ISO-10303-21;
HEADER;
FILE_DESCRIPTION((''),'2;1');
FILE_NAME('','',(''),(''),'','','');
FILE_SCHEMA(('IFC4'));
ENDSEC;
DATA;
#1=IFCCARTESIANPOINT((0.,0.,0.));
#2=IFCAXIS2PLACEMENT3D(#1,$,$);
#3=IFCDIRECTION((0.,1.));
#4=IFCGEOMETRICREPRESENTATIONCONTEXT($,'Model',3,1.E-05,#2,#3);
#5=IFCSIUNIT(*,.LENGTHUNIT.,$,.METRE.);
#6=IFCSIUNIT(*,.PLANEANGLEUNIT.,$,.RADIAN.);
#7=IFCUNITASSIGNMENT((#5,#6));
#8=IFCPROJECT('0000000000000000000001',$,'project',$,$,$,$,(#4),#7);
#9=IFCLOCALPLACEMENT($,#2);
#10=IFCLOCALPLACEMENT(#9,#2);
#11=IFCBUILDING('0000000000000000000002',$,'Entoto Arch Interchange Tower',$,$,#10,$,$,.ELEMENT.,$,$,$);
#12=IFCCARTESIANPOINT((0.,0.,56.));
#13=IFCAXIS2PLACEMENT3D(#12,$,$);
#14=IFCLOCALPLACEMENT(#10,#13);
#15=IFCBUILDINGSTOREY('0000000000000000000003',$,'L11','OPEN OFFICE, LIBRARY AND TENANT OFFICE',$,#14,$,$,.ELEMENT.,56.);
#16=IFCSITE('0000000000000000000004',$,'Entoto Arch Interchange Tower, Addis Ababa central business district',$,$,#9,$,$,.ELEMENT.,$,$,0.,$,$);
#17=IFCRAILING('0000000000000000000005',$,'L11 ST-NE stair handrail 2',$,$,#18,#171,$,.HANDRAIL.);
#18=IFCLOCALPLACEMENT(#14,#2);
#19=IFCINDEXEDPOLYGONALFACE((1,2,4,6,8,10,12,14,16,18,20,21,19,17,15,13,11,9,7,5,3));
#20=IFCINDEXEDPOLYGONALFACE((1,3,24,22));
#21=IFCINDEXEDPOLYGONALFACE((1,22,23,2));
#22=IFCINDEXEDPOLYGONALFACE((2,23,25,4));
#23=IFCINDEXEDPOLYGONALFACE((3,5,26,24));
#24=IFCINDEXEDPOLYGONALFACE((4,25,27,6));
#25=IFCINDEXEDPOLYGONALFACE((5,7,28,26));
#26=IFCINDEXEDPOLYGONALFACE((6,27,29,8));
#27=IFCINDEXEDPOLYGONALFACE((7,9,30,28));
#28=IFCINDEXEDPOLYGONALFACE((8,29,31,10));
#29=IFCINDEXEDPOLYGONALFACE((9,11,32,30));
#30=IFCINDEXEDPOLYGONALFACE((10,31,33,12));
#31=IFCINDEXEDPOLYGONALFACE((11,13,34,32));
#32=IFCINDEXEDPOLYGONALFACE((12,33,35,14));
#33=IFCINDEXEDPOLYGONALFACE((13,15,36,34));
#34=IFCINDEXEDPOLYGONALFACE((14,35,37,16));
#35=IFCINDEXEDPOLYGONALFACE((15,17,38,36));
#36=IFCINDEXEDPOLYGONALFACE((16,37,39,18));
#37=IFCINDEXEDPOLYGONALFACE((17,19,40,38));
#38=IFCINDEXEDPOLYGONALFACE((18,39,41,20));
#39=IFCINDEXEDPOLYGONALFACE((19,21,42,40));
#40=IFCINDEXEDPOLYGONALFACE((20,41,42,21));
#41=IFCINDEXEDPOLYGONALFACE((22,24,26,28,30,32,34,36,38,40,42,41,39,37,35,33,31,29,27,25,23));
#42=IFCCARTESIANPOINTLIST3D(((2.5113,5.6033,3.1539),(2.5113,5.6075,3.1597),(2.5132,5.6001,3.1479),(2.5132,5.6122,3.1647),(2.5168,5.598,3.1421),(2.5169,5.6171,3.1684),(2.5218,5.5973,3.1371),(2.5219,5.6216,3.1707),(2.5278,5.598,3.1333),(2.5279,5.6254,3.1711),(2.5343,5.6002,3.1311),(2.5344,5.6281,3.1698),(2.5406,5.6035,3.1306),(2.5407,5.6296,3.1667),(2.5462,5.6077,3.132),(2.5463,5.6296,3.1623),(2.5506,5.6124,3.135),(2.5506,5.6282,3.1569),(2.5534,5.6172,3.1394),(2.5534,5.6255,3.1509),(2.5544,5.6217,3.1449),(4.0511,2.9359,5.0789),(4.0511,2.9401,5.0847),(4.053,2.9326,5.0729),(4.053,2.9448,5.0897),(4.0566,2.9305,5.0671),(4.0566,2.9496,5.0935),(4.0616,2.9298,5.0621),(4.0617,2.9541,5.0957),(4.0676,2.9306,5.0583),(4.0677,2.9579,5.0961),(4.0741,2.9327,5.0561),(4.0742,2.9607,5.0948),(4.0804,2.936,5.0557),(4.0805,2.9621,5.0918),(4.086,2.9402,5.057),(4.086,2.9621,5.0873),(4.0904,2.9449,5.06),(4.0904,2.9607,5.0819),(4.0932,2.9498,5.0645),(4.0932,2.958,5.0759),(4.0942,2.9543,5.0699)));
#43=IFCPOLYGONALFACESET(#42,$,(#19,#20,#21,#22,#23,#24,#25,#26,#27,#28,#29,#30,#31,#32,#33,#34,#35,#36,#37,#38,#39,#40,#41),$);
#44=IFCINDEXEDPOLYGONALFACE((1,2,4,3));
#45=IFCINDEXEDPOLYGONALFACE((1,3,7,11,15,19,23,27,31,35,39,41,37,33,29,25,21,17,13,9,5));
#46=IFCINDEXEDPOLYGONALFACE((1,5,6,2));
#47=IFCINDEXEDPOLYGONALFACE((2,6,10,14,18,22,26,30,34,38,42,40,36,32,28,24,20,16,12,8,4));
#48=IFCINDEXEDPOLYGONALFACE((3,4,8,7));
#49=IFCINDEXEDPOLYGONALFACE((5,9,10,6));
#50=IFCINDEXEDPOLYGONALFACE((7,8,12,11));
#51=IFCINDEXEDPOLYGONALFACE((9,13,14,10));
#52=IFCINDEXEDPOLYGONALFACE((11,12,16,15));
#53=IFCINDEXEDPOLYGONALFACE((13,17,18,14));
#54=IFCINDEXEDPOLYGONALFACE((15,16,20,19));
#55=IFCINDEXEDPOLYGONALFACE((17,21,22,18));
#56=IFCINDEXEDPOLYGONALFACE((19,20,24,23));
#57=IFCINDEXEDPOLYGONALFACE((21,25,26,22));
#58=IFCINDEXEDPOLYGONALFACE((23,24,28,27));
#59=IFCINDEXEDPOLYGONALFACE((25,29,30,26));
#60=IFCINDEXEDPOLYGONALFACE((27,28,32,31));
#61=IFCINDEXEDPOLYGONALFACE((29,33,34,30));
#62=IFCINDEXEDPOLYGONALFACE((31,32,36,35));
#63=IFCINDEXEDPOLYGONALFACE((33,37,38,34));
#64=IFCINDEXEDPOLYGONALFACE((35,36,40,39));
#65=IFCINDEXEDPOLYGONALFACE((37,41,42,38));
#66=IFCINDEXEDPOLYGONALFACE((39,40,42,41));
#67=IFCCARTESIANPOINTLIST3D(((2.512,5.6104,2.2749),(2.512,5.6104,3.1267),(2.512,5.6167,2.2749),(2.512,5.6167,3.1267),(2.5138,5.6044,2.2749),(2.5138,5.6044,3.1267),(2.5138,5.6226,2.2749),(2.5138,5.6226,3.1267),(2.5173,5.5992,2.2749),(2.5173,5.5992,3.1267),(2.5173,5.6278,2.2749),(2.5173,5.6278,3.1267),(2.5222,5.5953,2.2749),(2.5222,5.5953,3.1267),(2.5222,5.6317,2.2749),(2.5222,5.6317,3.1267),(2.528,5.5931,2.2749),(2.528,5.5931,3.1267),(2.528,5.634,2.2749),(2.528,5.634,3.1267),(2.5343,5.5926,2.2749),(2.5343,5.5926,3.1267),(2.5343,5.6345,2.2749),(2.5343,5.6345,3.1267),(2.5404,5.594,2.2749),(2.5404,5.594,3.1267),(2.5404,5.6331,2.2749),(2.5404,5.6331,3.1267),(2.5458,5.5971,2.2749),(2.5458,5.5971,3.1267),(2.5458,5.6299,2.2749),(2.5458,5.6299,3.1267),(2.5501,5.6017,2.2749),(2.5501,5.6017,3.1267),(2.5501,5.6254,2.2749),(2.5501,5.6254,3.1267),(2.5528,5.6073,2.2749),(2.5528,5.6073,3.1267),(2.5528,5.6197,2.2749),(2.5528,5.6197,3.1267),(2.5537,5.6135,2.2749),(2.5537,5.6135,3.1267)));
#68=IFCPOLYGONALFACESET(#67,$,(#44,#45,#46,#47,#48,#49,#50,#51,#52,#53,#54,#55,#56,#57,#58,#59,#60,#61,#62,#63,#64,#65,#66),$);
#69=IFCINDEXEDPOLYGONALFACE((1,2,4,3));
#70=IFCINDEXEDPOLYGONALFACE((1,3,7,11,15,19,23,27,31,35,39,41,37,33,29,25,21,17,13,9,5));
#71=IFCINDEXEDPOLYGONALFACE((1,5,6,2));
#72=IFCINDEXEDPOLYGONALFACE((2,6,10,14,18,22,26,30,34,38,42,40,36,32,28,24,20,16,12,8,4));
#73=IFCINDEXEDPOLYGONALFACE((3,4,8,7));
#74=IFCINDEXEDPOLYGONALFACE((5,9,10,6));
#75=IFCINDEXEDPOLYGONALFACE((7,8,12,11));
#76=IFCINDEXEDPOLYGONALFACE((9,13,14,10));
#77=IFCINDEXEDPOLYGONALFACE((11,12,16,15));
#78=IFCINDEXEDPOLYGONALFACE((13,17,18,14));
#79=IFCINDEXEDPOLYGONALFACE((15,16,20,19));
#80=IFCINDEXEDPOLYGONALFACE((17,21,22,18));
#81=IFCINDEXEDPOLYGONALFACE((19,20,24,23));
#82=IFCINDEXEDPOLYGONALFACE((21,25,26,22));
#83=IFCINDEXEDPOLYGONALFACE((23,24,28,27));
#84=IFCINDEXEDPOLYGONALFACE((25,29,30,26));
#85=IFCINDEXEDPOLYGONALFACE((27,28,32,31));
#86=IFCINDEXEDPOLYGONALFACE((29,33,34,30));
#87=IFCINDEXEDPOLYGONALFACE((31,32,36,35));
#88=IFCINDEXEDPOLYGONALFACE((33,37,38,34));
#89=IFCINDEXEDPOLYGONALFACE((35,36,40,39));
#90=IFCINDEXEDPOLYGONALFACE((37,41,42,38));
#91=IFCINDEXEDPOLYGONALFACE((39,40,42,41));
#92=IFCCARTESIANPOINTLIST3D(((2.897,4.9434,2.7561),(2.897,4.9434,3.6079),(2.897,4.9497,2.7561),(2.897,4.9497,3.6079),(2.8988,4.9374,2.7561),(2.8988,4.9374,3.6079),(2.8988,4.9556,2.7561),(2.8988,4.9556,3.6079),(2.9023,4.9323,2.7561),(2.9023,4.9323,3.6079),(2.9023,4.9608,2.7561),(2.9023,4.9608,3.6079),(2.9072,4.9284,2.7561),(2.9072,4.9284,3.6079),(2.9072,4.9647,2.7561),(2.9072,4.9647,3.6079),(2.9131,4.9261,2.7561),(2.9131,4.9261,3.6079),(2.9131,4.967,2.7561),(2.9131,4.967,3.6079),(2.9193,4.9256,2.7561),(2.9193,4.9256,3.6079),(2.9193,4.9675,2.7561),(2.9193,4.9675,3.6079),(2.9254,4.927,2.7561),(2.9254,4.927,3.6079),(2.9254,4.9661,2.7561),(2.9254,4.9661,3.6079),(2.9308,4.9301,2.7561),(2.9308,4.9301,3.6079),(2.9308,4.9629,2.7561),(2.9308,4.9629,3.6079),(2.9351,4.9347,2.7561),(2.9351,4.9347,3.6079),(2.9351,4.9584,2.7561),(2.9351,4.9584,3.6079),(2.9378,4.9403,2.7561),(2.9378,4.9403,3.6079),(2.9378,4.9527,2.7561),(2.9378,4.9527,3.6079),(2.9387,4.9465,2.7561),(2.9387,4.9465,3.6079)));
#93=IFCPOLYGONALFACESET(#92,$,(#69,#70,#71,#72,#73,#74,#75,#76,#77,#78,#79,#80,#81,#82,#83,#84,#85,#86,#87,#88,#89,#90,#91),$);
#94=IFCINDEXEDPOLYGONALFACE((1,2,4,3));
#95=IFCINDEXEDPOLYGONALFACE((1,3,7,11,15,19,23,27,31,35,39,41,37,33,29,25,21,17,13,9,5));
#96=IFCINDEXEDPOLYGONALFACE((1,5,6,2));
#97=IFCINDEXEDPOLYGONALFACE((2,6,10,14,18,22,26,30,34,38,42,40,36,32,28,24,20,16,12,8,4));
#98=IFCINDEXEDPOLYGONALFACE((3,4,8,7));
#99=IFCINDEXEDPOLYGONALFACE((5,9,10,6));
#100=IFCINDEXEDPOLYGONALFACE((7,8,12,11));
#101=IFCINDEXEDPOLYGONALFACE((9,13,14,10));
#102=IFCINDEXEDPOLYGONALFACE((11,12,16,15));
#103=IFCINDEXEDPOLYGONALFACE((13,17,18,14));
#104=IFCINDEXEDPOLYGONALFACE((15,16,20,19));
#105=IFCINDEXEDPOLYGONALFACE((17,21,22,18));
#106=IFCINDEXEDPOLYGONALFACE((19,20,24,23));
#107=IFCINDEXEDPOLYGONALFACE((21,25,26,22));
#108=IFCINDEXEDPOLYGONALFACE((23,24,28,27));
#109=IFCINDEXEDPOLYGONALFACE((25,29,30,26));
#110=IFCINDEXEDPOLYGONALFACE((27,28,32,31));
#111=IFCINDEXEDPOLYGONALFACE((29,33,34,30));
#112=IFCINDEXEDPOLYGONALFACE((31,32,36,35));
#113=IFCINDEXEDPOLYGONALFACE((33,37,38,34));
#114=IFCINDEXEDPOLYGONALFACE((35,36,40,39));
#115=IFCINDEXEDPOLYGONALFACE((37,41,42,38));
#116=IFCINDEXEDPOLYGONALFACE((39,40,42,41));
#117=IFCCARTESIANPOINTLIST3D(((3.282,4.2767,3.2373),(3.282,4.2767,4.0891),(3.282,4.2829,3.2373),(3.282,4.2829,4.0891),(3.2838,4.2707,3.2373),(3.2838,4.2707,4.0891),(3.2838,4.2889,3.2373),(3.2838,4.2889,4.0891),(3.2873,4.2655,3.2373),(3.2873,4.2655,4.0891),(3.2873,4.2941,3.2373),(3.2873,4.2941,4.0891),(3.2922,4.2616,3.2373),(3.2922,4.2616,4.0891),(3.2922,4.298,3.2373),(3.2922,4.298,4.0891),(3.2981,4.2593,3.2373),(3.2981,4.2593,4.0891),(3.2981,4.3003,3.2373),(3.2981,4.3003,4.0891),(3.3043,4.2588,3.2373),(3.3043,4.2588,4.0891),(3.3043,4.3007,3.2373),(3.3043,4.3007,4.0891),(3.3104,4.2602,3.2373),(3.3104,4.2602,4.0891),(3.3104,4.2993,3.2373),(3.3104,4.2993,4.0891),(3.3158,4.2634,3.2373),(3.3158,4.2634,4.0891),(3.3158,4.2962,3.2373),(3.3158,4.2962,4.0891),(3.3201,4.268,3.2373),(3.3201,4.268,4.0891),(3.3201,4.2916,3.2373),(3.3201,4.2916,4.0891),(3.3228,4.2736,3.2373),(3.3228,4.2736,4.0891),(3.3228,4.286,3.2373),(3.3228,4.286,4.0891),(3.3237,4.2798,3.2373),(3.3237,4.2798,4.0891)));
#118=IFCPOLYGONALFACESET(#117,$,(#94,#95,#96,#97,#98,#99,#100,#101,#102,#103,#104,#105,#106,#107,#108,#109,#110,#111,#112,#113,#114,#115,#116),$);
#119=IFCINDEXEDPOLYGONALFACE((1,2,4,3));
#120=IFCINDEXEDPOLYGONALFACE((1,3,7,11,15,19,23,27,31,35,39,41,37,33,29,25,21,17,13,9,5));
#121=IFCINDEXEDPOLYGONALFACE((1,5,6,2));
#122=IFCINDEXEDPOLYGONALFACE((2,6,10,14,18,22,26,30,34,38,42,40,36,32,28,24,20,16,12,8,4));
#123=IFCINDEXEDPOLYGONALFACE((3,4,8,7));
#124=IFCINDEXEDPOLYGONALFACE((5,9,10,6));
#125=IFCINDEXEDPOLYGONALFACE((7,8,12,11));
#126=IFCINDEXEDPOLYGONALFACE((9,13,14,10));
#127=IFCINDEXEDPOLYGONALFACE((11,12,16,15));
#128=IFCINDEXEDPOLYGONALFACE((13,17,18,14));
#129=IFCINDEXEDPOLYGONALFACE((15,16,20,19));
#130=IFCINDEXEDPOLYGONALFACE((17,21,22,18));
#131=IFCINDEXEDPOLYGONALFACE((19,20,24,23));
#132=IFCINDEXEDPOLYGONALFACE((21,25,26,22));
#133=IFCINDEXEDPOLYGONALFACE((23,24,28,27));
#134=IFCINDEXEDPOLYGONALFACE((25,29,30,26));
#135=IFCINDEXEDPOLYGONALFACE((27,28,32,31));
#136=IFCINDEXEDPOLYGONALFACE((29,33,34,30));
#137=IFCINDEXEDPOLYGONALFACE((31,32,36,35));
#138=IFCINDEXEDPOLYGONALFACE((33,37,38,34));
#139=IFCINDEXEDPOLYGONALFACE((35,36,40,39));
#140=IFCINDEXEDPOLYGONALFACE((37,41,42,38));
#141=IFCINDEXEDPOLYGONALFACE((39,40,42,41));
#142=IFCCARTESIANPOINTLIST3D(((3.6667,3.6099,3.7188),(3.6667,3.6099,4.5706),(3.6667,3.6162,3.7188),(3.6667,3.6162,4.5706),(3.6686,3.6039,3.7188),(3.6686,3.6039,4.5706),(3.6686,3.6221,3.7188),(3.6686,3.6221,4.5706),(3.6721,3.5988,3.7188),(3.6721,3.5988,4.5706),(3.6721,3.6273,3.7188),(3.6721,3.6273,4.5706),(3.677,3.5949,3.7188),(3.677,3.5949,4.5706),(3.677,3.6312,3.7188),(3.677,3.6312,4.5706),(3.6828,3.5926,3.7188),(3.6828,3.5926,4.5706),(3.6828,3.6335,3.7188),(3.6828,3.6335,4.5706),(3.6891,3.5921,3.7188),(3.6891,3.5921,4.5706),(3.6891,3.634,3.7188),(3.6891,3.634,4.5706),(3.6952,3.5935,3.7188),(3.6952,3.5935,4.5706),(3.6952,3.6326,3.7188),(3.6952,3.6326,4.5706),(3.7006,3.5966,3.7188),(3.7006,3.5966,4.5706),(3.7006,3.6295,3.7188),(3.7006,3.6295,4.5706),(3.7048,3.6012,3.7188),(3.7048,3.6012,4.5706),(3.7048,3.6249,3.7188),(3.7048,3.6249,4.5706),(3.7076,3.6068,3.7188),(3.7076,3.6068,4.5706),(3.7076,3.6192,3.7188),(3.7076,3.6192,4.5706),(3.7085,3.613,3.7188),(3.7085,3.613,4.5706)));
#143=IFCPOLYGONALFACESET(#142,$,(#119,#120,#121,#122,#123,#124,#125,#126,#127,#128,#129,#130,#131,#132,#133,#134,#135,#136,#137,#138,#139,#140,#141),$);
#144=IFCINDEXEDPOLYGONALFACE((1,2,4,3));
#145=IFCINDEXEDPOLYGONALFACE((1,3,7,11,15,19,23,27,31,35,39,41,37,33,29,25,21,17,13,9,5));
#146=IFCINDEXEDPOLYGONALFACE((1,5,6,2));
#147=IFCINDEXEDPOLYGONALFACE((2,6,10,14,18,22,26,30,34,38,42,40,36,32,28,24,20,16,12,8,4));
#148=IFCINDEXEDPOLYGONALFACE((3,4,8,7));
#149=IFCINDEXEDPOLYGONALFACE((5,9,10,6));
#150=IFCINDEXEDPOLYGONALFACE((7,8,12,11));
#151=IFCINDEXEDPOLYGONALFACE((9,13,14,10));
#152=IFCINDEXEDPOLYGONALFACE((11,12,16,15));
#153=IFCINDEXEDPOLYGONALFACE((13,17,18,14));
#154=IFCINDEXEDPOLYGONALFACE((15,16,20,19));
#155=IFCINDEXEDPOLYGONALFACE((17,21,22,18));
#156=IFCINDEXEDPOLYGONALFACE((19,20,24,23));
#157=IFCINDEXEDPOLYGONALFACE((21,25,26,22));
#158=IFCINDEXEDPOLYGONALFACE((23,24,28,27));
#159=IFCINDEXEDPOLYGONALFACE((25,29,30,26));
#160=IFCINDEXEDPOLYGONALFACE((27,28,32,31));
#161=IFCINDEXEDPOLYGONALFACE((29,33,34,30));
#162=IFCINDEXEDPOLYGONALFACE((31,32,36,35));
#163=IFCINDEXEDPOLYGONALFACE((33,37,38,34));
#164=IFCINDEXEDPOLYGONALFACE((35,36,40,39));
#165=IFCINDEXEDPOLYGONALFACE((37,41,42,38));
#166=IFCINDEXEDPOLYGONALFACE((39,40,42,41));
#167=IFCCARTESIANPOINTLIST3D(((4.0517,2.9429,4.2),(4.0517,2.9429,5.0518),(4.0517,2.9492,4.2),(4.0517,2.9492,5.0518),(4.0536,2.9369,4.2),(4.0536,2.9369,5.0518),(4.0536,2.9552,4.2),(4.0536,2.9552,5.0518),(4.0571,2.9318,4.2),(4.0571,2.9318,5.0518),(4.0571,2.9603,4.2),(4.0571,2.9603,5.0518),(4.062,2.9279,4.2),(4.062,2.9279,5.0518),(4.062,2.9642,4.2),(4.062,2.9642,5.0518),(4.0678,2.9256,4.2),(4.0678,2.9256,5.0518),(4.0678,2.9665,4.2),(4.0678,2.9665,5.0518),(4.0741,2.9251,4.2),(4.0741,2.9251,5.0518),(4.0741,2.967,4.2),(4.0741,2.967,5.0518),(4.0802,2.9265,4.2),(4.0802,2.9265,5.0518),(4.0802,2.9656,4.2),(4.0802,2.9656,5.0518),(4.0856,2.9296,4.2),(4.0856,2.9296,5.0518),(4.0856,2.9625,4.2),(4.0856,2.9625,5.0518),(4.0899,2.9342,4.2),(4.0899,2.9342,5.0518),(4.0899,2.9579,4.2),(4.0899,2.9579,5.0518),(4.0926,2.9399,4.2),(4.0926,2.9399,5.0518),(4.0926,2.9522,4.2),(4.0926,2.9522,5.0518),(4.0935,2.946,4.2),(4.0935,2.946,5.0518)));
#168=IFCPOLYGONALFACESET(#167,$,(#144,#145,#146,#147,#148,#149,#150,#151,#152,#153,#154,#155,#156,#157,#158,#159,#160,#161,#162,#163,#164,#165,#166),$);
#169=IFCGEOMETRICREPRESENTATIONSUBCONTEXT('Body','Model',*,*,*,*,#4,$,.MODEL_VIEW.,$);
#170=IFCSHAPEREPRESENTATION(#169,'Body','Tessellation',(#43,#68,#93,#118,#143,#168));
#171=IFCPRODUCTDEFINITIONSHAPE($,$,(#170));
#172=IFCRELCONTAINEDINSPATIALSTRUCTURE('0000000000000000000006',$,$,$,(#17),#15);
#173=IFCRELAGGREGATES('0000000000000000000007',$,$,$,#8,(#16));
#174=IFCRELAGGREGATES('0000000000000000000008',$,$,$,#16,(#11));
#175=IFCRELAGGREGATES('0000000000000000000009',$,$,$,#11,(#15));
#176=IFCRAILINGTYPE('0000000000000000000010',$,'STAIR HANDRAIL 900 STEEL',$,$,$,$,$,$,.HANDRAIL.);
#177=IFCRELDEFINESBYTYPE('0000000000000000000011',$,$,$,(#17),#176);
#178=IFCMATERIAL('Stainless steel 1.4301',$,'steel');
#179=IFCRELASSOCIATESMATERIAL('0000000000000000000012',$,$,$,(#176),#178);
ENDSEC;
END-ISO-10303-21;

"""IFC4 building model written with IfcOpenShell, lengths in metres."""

from ifc_helpers import new_model, si_unit, direction, frame, origin, origin_2d, place, context, subcontext, project, spatial, circle, extrude, material, type_object, element, save


model = new_model("IFC4")

# Units and contexts
model_context = context("Model", 3, precision=1e-05, world=origin(), true_north=direction((0.0, 1.0)))
body_context = subcontext(model_context, "Body", "Model", "MODEL_VIEW")
ifc_project = project(units=[si_unit("LENGTHUNIT", "METRE"), si_unit("PLANEANGLEUNIT", "RADIAN")], contexts=[model_context])

# Site, building, storey
site_placement = place(None, origin())
site = spatial("IfcSite", under=ifc_project, at=site_placement, Name="Entoto Arch Interchange Tower, Addis Ababa central business district", CompositionType="ELEMENT", RefElevation=0.0)
building_placement = place(site_placement, origin())
building = spatial("IfcBuilding", under=site, at=building_placement, Name="Entoto Arch Interchange Tower", CompositionType="ELEMENT")
storey_placement = place(building_placement, frame((0.0, 0.0, 56.0)))
storey = spatial("IfcBuildingStorey", under=building, at=storey_placement, Name="L11", Description="OPEN OFFICE, LIBRARY AND TENANT OFFICE", CompositionType="ELEMENT", Elevation=56.0)

# Railing
ifc_material_1 = material(Name="Stainless steel 1.4301", Category="steel")
railing_type_1 = type_object("IfcRailingType", Name="STAIR HANDRAIL 900 STEEL", PredefinedType="HANDRAIL", material=ifc_material_1)
railing_1_placement = place(storey_placement, frame((2.5327, 5.6135, 2.2749)))
element("IfcRailing", 1, at=railing_1_placement, inside=storey, type_object=railing_type_1, Name="L11 ST-NE stair handrail 2", PredefinedType="HANDRAIL", context=body_context, shape_type="SweptSolid", body=[
    extrude(circle(Radius=0.0239, at=origin_2d()), frame((0.0, 0.0, 0.876), z_axis=(0.423939, -0.734416, 0.530008), x_axis=(0.866064, 0.499933, 0.0)), (0.0, 0.0, 1.0), 3.6321),
    extrude(circle(Radius=0.021, at=origin_2d()), origin(), (0.0, 0.0, 1.0), 0.8518),
    extrude(circle(Radius=0.021, at=origin_2d()), frame((0.385, -0.667, 0.4812)), (0.0, 0.0, 1.0), 0.8518),
    extrude(circle(Radius=0.021, at=origin_2d()), frame((0.77, -1.3337, 0.9624)), (0.0, 0.0, 1.0), 0.8518),
    extrude(circle(Radius=0.021, at=origin_2d()), frame((1.1548, -2.0005, 1.4438)), (0.0, 0.0, 1.0), 0.8518),
    extrude(circle(Radius=0.021, at=origin_2d()), frame((1.5398, -2.6675, 1.925)), (0.0, 0.0, 1.0), 0.8518),
])

save(model, "model.ifc")
